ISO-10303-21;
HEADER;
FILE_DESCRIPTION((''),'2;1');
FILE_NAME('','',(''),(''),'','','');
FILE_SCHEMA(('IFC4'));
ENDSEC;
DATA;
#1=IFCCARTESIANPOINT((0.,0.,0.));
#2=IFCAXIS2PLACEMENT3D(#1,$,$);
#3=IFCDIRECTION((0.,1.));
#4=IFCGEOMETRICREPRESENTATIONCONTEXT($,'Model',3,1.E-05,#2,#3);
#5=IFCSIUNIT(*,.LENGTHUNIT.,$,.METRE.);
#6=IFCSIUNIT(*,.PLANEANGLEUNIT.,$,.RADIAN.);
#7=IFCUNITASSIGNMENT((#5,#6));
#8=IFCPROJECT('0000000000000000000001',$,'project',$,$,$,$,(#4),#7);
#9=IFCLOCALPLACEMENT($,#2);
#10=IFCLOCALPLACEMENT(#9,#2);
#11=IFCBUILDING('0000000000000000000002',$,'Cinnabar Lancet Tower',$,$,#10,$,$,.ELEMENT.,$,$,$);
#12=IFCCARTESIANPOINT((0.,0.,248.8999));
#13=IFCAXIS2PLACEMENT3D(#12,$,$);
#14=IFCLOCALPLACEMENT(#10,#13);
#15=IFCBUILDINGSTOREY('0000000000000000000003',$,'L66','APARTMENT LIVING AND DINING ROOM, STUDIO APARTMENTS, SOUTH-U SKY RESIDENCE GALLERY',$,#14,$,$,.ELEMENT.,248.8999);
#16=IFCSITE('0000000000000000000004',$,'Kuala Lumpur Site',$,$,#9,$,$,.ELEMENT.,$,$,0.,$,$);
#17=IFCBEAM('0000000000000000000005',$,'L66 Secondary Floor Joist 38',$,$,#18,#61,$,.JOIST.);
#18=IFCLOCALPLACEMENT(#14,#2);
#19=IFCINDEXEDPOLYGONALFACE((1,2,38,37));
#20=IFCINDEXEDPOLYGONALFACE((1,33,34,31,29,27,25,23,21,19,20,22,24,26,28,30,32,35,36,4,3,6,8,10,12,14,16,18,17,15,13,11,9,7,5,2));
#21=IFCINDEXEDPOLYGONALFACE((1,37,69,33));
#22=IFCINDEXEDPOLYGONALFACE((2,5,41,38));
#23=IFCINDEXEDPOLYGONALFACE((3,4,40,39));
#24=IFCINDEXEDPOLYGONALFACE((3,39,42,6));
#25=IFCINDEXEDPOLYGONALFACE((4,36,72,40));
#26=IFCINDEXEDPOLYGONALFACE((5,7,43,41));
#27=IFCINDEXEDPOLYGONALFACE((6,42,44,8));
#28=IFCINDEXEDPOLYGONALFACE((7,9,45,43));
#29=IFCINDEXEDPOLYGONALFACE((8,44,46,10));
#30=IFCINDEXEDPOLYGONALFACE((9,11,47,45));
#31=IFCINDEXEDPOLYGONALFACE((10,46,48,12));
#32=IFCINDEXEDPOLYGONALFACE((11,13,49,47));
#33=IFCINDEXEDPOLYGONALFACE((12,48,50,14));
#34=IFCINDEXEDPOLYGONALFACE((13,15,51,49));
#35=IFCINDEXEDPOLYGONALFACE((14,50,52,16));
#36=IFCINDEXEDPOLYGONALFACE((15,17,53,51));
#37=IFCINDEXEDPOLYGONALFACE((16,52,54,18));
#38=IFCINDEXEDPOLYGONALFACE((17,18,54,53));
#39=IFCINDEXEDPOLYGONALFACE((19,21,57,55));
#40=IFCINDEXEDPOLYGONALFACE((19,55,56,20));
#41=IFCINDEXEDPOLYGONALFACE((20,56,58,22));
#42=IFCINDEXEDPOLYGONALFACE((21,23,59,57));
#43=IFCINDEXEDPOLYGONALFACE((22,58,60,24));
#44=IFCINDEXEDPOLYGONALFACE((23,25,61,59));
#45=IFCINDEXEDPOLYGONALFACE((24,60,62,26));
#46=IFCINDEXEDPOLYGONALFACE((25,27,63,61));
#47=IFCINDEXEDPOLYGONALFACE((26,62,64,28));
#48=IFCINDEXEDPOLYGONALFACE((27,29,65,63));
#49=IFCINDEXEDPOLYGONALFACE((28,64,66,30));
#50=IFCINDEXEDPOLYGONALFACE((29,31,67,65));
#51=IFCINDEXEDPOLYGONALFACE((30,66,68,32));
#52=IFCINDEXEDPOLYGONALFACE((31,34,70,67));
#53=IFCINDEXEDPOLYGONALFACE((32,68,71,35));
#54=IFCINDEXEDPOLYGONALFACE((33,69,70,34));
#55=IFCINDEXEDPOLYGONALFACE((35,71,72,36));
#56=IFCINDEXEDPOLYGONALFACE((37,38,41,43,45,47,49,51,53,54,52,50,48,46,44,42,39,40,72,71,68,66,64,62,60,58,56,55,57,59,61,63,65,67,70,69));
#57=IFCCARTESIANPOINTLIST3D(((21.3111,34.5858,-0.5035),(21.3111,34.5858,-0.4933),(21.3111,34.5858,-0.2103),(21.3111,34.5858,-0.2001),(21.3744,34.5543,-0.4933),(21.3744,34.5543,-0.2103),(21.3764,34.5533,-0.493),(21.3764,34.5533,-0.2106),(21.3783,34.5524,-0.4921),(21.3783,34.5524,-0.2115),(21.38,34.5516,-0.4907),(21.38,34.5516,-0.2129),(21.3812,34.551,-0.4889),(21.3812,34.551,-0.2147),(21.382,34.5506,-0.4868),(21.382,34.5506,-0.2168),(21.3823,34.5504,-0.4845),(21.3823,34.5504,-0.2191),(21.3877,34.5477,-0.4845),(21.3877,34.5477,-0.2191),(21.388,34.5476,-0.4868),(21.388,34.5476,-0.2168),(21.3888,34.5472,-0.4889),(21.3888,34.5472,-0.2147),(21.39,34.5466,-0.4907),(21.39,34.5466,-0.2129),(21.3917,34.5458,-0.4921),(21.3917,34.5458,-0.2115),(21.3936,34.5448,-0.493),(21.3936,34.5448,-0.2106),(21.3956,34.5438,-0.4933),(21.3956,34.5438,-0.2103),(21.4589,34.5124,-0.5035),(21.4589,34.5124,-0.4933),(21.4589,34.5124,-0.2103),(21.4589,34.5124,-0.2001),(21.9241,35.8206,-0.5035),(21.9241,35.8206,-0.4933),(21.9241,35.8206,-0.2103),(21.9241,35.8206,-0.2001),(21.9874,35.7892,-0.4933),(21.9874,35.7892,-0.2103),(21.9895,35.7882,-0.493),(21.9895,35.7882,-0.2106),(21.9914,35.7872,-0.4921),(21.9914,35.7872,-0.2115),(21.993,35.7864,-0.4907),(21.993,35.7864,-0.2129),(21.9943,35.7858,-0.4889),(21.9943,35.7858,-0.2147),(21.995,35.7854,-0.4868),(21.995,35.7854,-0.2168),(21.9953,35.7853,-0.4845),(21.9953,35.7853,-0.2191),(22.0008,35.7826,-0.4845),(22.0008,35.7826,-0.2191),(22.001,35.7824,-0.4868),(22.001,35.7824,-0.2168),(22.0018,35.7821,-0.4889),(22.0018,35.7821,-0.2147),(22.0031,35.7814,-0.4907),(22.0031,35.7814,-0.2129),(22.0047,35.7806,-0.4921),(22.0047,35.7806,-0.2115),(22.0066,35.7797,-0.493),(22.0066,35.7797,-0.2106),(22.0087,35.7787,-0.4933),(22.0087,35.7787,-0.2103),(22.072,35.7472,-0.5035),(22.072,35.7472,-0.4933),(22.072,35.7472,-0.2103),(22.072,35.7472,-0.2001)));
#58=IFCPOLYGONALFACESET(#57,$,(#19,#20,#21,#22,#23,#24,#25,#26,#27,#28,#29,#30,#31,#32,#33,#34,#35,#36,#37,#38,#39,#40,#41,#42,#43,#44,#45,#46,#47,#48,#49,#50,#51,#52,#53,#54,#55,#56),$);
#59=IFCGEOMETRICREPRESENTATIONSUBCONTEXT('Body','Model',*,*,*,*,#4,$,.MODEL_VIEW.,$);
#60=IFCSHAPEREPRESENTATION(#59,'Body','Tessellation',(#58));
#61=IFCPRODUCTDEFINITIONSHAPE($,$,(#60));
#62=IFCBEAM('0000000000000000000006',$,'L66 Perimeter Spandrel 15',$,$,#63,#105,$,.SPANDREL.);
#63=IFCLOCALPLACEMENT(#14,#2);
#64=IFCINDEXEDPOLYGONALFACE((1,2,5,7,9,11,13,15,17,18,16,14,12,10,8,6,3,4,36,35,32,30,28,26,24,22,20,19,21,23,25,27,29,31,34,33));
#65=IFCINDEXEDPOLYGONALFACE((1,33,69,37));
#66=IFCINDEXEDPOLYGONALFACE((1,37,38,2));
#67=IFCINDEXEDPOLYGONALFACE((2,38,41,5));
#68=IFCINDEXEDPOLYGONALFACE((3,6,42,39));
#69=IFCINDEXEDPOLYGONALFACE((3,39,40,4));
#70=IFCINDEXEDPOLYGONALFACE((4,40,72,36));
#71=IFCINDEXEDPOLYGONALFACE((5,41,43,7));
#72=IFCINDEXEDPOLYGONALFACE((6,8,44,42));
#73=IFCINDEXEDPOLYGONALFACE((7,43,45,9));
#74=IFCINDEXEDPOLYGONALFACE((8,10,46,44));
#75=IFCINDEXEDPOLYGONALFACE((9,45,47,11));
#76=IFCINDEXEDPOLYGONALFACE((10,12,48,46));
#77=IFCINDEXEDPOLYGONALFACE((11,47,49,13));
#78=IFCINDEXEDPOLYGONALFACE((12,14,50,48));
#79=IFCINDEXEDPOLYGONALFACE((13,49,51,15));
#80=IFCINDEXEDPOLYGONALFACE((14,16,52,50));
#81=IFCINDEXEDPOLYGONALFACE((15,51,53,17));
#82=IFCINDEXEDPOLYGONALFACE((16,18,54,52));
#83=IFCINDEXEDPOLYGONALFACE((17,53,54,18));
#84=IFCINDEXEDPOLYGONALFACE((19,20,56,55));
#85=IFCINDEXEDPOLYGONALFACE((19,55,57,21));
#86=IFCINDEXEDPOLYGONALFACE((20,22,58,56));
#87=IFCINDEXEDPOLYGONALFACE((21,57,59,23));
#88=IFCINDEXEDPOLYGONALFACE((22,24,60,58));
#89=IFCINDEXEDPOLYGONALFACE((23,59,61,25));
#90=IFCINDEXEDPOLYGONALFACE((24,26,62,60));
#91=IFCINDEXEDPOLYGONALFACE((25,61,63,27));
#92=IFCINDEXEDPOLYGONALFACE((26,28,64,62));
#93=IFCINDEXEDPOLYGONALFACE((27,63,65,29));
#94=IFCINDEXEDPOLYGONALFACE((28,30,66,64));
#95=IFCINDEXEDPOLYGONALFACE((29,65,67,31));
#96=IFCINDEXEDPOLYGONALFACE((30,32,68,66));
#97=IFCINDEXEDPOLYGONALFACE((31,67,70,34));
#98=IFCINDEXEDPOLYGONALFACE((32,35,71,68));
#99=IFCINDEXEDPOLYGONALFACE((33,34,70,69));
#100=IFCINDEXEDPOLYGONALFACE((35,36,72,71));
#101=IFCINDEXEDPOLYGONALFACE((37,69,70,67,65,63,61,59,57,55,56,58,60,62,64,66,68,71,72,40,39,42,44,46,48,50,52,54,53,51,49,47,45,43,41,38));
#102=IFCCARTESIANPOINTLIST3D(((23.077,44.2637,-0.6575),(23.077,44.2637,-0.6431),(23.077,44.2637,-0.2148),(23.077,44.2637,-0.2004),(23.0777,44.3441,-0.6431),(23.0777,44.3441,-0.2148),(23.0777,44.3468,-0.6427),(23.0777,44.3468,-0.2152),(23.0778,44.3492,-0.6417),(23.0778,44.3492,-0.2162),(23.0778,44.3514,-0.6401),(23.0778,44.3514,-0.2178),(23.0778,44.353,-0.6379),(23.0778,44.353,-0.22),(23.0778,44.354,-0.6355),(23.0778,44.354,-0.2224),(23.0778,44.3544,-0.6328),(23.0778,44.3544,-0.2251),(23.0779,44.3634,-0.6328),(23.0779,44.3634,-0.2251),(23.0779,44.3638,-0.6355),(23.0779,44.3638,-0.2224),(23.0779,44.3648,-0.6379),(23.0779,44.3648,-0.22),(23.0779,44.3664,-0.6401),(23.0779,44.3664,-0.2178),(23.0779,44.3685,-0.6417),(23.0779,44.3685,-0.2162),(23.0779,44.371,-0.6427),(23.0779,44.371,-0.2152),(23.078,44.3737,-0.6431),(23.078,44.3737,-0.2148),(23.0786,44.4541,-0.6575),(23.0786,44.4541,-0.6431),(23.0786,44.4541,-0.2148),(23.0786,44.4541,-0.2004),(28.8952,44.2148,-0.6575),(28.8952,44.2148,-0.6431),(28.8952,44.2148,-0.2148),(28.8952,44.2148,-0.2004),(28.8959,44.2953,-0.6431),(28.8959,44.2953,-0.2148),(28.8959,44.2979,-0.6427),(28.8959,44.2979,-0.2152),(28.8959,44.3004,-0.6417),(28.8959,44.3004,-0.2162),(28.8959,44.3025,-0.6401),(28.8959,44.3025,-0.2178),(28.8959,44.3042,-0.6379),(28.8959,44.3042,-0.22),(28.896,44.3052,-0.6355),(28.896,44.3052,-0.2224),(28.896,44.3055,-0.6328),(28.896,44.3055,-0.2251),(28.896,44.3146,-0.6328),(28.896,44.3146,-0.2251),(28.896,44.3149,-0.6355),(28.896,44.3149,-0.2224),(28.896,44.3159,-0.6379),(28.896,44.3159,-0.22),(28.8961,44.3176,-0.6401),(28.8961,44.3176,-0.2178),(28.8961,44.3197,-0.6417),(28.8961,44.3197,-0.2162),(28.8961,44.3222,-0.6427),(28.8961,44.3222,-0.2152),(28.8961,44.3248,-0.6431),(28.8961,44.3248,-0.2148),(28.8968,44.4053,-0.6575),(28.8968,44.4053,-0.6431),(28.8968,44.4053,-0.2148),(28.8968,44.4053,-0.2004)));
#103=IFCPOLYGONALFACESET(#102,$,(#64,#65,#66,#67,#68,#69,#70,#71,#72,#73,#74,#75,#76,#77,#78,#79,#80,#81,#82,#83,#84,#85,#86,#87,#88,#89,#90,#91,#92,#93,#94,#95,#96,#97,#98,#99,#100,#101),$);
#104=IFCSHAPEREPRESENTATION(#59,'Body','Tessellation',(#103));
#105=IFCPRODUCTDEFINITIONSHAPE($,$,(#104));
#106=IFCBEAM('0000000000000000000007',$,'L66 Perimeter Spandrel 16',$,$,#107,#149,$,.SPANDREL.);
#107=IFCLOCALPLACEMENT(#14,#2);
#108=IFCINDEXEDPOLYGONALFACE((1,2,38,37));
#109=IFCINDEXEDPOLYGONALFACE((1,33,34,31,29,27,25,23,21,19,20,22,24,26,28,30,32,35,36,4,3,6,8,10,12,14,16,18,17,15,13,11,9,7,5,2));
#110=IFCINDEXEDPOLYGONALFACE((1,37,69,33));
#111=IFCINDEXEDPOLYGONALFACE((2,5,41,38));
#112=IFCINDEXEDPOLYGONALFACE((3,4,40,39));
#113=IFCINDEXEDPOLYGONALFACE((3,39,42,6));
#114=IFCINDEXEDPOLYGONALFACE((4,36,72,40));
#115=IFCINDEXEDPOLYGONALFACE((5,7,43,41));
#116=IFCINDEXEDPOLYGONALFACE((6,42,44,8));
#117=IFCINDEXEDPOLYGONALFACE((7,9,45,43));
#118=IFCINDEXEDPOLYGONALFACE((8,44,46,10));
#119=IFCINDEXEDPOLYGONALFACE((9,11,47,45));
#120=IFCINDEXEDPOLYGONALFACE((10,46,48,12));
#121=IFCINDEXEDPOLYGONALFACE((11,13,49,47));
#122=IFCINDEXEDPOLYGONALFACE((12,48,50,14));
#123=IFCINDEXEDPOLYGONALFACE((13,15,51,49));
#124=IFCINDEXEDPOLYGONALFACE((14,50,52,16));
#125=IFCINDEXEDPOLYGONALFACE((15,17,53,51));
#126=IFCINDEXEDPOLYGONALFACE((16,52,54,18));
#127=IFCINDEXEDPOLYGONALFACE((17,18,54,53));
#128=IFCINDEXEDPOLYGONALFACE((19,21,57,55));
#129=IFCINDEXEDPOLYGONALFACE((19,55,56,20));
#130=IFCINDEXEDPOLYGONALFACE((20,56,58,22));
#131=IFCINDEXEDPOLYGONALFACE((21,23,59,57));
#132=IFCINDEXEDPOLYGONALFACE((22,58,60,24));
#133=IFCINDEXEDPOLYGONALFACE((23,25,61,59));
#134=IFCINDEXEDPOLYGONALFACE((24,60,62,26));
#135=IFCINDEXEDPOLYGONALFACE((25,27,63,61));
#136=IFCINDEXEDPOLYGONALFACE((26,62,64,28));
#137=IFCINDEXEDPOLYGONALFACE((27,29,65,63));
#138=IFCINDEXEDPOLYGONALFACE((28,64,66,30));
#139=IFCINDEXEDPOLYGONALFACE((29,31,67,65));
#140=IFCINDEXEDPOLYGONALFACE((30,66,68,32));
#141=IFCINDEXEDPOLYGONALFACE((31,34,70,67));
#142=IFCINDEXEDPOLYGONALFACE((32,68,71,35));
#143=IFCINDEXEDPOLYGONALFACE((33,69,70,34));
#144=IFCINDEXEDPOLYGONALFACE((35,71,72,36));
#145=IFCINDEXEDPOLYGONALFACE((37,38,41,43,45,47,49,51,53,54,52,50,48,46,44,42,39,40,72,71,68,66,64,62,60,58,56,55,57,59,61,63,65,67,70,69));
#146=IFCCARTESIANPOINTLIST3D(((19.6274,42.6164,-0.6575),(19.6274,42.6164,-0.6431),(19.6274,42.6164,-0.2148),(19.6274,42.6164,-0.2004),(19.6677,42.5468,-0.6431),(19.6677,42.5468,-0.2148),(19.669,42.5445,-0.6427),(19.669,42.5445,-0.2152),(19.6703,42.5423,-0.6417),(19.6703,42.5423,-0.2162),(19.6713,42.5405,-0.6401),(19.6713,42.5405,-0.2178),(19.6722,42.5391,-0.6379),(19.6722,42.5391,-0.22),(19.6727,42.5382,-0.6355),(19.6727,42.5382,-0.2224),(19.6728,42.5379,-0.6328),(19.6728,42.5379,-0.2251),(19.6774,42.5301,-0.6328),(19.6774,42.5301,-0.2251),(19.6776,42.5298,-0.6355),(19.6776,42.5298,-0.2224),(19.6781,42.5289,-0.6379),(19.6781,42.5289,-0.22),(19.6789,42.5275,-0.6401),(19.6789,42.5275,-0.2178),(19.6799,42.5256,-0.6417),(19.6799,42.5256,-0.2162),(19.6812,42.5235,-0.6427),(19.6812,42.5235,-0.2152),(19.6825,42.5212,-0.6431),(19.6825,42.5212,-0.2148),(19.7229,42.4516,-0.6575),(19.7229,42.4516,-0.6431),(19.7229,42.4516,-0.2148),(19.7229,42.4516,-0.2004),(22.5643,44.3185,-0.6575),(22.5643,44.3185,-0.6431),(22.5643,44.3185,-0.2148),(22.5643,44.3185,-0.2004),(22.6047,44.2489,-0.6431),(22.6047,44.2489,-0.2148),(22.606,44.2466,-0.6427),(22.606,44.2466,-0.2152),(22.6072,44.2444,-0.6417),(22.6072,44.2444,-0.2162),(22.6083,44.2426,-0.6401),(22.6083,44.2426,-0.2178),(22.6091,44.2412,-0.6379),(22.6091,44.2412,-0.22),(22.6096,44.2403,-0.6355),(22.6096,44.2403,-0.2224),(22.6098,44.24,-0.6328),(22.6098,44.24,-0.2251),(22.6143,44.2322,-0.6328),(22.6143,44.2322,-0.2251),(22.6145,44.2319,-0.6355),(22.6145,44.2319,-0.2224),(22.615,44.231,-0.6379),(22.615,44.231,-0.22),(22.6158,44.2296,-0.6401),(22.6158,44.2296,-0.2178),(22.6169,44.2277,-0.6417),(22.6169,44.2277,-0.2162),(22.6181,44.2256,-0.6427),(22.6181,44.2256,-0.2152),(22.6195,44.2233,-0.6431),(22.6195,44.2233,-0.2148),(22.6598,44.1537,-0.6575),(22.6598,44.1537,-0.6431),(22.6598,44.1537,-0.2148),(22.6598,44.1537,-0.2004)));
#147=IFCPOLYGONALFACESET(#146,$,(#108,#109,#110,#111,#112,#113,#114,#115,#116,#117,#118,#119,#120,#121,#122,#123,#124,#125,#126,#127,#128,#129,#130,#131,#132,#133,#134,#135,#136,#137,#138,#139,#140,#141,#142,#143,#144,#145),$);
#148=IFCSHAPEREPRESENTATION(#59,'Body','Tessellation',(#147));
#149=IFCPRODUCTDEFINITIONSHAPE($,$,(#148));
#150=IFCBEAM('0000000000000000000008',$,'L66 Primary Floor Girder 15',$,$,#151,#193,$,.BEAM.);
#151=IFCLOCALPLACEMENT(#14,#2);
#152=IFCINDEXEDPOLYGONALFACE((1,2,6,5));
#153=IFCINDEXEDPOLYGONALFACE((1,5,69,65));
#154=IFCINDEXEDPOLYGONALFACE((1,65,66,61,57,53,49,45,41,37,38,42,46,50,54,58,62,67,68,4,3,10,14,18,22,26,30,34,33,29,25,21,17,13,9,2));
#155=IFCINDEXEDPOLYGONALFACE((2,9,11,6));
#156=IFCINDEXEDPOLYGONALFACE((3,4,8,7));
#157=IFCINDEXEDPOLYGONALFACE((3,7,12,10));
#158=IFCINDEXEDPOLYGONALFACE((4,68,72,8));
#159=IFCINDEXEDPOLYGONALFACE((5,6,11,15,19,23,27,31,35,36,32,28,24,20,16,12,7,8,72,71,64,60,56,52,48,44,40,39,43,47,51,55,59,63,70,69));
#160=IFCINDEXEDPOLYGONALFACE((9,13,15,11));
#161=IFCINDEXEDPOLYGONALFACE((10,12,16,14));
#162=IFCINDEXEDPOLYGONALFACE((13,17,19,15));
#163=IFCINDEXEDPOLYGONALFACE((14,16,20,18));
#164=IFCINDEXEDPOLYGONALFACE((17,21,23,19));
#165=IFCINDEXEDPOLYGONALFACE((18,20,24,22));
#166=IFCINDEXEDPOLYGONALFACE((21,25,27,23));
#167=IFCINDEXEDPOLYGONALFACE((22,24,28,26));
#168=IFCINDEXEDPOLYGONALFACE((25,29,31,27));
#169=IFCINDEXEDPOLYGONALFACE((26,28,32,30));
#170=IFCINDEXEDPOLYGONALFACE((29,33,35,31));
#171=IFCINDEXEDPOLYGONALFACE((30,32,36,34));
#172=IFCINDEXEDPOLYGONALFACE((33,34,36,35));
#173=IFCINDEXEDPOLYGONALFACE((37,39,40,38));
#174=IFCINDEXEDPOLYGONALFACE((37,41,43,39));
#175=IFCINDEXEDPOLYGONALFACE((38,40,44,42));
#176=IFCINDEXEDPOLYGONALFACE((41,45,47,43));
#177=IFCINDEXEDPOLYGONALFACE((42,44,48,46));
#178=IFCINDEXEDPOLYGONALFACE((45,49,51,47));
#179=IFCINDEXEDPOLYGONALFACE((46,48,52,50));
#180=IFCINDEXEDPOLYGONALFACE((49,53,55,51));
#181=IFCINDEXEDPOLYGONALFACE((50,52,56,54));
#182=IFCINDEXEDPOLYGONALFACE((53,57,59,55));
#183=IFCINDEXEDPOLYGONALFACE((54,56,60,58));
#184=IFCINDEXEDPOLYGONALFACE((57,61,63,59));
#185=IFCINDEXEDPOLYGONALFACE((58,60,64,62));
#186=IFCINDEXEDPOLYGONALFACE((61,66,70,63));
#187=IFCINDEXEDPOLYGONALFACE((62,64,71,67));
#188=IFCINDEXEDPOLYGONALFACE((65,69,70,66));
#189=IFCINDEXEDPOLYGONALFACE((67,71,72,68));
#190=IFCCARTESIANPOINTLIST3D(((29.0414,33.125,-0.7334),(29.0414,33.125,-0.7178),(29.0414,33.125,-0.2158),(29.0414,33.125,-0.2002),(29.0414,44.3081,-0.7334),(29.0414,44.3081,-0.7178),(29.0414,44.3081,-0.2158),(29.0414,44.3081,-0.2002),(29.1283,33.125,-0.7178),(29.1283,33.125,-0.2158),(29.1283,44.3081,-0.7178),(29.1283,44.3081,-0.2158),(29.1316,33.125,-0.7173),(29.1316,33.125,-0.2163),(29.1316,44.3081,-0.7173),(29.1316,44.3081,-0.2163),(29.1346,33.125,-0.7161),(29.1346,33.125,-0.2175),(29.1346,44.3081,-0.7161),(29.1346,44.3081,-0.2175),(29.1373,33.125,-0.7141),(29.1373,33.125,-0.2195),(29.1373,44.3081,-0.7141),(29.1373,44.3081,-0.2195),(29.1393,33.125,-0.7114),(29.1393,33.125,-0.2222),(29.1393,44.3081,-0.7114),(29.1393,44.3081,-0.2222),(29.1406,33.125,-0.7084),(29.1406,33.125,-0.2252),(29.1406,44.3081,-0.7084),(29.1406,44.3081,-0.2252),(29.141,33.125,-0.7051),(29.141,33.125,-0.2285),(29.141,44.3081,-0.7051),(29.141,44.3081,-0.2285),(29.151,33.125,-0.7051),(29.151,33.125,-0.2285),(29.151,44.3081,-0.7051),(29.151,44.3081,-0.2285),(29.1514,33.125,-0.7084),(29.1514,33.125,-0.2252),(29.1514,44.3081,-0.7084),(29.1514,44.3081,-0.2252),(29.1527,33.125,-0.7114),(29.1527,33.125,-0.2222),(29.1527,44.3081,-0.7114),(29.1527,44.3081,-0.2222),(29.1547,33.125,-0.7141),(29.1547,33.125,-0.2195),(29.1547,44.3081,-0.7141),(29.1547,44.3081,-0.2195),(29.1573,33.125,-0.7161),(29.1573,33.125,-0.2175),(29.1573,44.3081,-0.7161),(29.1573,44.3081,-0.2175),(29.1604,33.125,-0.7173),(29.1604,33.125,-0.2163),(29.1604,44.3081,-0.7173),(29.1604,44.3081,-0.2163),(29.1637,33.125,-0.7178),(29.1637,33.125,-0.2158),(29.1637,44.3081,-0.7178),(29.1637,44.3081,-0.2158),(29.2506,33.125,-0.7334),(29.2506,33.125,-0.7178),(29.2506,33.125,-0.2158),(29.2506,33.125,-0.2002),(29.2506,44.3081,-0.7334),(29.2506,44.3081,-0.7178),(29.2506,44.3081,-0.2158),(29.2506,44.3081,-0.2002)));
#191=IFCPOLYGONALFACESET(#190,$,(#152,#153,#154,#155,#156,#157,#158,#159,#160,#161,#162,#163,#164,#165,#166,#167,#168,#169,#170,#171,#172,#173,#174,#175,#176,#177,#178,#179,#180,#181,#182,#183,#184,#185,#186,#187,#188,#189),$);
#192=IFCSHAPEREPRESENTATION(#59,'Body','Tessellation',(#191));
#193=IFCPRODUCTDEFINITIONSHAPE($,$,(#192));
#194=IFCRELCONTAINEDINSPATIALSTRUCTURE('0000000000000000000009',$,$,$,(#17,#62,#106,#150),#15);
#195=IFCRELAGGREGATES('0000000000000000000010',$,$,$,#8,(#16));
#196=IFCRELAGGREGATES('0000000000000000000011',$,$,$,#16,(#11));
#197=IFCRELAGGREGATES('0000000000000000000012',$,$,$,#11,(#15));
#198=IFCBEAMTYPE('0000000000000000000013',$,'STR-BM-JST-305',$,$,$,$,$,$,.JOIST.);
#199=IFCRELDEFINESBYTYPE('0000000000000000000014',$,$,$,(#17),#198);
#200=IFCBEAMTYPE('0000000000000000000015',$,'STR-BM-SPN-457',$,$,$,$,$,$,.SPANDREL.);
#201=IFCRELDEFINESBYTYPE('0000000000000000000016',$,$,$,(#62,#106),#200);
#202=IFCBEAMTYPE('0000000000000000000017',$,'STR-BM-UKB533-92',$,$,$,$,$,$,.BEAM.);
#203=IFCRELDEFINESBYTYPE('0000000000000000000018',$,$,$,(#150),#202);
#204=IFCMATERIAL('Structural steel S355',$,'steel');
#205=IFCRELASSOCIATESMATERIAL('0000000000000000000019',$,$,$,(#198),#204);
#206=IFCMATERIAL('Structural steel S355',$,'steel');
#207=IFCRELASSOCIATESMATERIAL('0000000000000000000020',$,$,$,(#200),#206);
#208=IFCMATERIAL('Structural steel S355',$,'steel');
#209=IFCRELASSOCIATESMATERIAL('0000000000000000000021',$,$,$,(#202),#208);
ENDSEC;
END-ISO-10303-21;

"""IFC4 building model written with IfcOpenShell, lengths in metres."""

from ifc_helpers import new_model, si_unit, direction, frame, origin, origin_2d, place, context, subcontext, project, spatial, i_section, extrude, material, material_profile, profile_set, type_object, element, save


model = new_model("IFC4")

# Units and contexts
model_context = context("Model", 3, precision=1e-05, world=origin(), true_north=direction((0.0, 1.0)))
body_context = subcontext(model_context, "Body", "Model", "MODEL_VIEW")
ifc_project = project(units=[si_unit("LENGTHUNIT", "METRE"), si_unit("PLANEANGLEUNIT", "RADIAN")], contexts=[model_context])

# Site, building, storey
site_placement = place(None, origin())
site = spatial("IfcSite", under=ifc_project, at=site_placement, Name="Kuala Lumpur Site", CompositionType="ELEMENT", RefElevation=0.0)
building_placement = place(site_placement, origin())
building = spatial("IfcBuilding", under=site, at=building_placement, Name="Cinnabar Lancet Tower", CompositionType="ELEMENT")
storey_placement = place(building_placement, frame((0.0, 0.0, 248.8999)))
storey = spatial("IfcBuildingStorey", under=building, at=storey_placement, Name="L66", Description="APARTMENT LIVING AND DINING ROOM, STUDIO APARTMENTS, SOUTH-U SKY RESIDENCE GALLERY", CompositionType="ELEMENT", Elevation=248.8999)

# Beams
ifc_material_1 = material(Name="Structural steel S355", Category="steel")
ifc_material_profile_1 = material_profile(ifc_material_1, i_section(OverallWidth=0.165, OverallDepth=0.3035, WebThickness=0.0061, FlangeThickness=0.0103, FilletRadius=0.0088, at=origin_2d()), Name="UKB 305x165x40")
ifc_profile_set_1 = profile_set([ifc_material_profile_1], Name="Structural steel S355")
beam_type_1 = type_object("IfcBeamType", Name="STR-BM-JST-305", PredefinedType="JOIST", material=ifc_profile_set_1)
beam_1_placement = place(storey_placement, frame((21.998, 35.7839, -0.3518), z_axis=(-0.444662, -0.895699, 0.0), x_axis=(0.895699, -0.444662, 0.0)))
element("IfcBeam", 1, at=beam_1_placement, inside=storey, type_object=beam_type_1, Name="L66 Secondary Floor Joist 38", PredefinedType="JOIST", context=body_context, shape_type="SweptSolid", body=[
    extrude(i_section(OverallWidth=0.165, OverallDepth=0.3035, WebThickness=0.0061, FlangeThickness=0.0103, FilletRadius=0.0088, at=origin_2d()), origin(), (0.0, 0.0, 1.0), 1.3787),
])
ifc_material_2 = material(Name="Structural steel S355", Category="steel")
ifc_material_profile_2 = material_profile(ifc_material_2, i_section(OverallWidth=0.1904, OverallDepth=0.457, WebThickness=0.009, FlangeThickness=0.0144, FilletRadius=0.0103, at=origin_2d()), Name="UKB 457x191x74")
ifc_profile_set_2 = profile_set([ifc_material_profile_2], Name="Structural steel S355")
beam_type_2 = type_object("IfcBeamType", Name="STR-BM-SPN-457", PredefinedType="SPANDREL", material=ifc_profile_set_2)
beam_2_placement = place(storey_placement, frame((28.896, 44.3101, -0.429), z_axis=(-0.999965, 0.008392, 0.0), x_axis=(-0.008392, -0.999965, 0.0)))
element("IfcBeam", 2, at=beam_2_placement, inside=storey, type_object=beam_type_2, Name="L66 Perimeter Spandrel 15", PredefinedType="SPANDREL", context=body_context, shape_type="SweptSolid", body=[
    extrude(i_section(OverallWidth=0.1904, OverallDepth=0.457, WebThickness=0.009, FlangeThickness=0.0144, FilletRadius=0.0103, at=origin_2d()), origin(), (0.0, 0.0, 1.0), 5.8184),
])
beam_3_placement = place(storey_placement, frame((22.6121, 44.2361, -0.429), z_axis=(-0.8652, -0.501427, 0.0), x_axis=(0.501427, -0.8652, 0.0)))
element("IfcBeam", 3, at=beam_3_placement, inside=storey, type_object=beam_type_2, Name="L66 Perimeter Spandrel 16", PredefinedType="SPANDREL", context=body_context, shape_type="SweptSolid", body=[
    extrude(i_section(OverallWidth=0.1904, OverallDepth=0.457, WebThickness=0.009, FlangeThickness=0.0144, FilletRadius=0.0103, at=origin_2d()), origin(), (0.0, 0.0, 1.0), 3.3945),
])
ifc_material_3 = material(Name="Structural steel S355", Category="steel")
ifc_material_profile_3 = material_profile(ifc_material_3, i_section(OverallWidth=0.2092, OverallDepth=0.5332, WebThickness=0.01, FlangeThickness=0.0156, FilletRadius=0.0127, at=origin_2d()), Name="UKB 533x210x92")
ifc_profile_set_3 = profile_set([ifc_material_profile_3], Name="Structural steel S355")
beam_type_3 = type_object("IfcBeamType", Name="STR-BM-UKB533-92", PredefinedType="BEAM", material=ifc_profile_set_3)
beam_4_placement = place(storey_placement, frame((29.146, 44.3081, -0.4668), z_axis=(0.0, -1.0, 0.0), x_axis=(1.0, 0.0, 0.0)))
element("IfcBeam", 4, at=beam_4_placement, inside=storey, type_object=beam_type_3, Name="L66 Primary Floor Girder 15", PredefinedType="BEAM", context=body_context, shape_type="SweptSolid", body=[
    extrude(i_section(OverallWidth=0.2092, OverallDepth=0.5332, WebThickness=0.01, FlangeThickness=0.0156, FilletRadius=0.0127, at=origin_2d()), origin(), (0.0, 0.0, 1.0), 11.1831),
])

save(model, "model.ifc")
